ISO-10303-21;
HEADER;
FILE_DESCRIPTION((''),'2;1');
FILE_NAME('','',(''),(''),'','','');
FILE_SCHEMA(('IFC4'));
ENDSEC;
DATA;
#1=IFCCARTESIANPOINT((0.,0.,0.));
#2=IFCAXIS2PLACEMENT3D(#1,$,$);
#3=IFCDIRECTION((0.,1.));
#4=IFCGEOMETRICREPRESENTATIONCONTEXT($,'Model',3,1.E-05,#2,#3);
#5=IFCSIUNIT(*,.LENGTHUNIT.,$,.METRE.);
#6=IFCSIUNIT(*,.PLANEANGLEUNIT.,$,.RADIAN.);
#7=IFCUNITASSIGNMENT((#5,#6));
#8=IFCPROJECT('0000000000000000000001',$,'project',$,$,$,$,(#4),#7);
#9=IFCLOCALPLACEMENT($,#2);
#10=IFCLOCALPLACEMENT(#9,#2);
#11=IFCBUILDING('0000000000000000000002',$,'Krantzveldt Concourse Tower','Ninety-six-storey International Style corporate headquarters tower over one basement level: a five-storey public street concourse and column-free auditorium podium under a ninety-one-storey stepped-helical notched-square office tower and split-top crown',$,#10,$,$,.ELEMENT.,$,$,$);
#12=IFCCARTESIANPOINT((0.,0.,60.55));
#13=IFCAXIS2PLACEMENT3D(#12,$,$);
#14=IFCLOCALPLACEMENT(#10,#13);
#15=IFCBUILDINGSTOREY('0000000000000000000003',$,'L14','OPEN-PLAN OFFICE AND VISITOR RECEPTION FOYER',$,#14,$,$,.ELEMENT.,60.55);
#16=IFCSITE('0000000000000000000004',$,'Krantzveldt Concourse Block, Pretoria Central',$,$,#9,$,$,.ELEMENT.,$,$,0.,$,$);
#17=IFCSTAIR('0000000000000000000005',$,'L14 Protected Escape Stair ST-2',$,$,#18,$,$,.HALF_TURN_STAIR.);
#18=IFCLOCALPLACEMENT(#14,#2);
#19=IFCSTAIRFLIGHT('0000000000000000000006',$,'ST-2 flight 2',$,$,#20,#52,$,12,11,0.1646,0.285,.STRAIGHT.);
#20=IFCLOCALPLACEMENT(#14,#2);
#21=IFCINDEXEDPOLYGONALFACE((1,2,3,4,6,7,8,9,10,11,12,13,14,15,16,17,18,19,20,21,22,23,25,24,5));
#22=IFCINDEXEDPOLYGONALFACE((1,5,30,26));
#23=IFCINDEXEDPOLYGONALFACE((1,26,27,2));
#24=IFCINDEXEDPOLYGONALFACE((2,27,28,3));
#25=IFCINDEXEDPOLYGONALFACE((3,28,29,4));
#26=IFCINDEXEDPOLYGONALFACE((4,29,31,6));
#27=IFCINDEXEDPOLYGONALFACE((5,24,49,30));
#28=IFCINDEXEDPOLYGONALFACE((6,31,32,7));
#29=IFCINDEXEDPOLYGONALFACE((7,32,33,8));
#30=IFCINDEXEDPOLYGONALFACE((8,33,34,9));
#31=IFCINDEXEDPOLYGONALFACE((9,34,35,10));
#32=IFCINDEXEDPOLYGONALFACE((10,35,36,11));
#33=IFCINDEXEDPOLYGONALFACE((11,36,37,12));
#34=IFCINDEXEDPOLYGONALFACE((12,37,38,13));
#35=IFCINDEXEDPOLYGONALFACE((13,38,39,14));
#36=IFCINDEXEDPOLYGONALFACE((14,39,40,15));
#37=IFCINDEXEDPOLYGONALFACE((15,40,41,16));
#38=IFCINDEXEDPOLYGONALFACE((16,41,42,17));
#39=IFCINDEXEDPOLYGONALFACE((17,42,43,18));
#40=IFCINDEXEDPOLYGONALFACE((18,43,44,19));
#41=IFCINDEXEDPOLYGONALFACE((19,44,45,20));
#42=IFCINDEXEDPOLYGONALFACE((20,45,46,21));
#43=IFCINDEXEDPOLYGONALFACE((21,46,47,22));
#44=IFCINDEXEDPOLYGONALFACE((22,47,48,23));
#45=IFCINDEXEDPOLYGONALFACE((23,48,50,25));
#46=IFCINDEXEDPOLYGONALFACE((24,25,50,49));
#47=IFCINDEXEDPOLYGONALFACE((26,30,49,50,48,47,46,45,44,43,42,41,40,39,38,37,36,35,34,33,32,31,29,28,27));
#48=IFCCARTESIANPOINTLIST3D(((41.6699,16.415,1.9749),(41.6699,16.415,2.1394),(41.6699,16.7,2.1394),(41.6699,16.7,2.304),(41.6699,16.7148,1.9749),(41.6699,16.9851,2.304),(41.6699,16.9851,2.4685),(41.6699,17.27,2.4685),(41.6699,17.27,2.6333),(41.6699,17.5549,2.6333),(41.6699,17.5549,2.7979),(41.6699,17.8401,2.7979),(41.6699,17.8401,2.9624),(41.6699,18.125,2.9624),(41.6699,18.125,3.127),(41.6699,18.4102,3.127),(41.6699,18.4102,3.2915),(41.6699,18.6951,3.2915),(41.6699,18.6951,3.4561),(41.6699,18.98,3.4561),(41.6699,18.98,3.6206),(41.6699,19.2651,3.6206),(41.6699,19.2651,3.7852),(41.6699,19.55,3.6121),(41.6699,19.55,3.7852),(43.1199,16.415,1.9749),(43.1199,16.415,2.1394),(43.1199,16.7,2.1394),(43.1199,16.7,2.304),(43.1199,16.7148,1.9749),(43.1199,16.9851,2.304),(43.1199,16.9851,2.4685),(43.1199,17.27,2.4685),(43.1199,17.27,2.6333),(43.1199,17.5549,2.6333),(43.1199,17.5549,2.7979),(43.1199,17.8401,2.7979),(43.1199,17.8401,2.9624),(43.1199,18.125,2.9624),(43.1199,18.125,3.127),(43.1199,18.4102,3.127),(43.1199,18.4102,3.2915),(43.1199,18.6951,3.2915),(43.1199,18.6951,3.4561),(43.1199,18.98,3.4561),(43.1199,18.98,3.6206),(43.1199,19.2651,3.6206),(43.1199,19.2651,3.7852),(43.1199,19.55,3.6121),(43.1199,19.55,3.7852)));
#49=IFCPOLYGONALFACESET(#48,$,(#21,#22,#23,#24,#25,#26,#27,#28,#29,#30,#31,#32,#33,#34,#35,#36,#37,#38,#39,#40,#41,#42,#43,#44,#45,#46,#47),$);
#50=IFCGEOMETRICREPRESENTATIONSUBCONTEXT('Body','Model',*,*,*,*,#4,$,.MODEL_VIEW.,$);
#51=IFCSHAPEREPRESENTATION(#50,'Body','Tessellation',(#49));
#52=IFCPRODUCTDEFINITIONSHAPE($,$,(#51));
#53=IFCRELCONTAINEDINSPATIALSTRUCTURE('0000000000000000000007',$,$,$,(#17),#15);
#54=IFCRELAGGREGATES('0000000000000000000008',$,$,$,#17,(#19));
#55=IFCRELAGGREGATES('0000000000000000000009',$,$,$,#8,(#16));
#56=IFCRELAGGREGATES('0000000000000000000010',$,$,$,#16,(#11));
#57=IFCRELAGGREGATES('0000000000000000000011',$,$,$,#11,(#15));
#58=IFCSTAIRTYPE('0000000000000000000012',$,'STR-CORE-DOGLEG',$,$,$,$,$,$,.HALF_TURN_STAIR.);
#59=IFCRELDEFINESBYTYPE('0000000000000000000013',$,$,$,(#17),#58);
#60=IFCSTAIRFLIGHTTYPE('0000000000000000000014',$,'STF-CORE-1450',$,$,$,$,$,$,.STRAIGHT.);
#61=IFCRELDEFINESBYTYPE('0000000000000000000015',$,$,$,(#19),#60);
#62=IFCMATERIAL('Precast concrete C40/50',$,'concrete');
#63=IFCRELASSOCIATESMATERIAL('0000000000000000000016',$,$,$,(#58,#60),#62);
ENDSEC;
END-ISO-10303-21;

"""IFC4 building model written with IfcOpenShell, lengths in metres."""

from ifc_helpers import new_model, si_unit, direction, frame, origin, place, context, subcontext, project, spatial, polyline, outline, extrude, material, type_object, element, aggregate, save


model = new_model("IFC4")

# Units and contexts
model_context = context("Model", 3, precision=1e-05, world=origin(), true_north=direction((0.0, 1.0)))
body_context = subcontext(model_context, "Body", "Model", "MODEL_VIEW")
ifc_project = project(units=[si_unit("LENGTHUNIT", "METRE"), si_unit("PLANEANGLEUNIT", "RADIAN")], contexts=[model_context])

# Site, building, storey
site_placement = place(None, origin())
site = spatial("IfcSite", under=ifc_project, at=site_placement, Name="Krantzveldt Concourse Block, Pretoria Central", CompositionType="ELEMENT", RefElevation=0.0)
building_placement = place(site_placement, origin())
building = spatial("IfcBuilding", under=site, at=building_placement, Name="Krantzveldt Concourse Tower", Description="Ninety-six-storey International Style corporate headquarters tower over one basement level: a five-storey public street concourse and column-free auditorium podium under a ninety-one-storey stepped-helical notched-square office tower and split-top crown", CompositionType="ELEMENT")
storey_placement = place(building_placement, frame((0.0, 0.0, 60.55)))
storey = spatial("IfcBuildingStorey", under=building, at=storey_placement, Name="L14", Description="OPEN-PLAN OFFICE AND VISITOR RECEPTION FOYER", CompositionType="ELEMENT", Elevation=60.55)

# Stair, stair flight
ifc_material_1 = material(Name="Precast concrete C40/50", Category="concrete")
stair_type = type_object("IfcStairType", Name="STR-CORE-DOGLEG", PredefinedType="HALF_TURN_STAIR", material=ifc_material_1)
stair_placement = place(storey_placement, origin())
stair = element("IfcStair", 1, at=stair_placement, inside=storey, type_object=stair_type, Name="L14 Protected Escape Stair ST-2", PredefinedType="HALF_TURN_STAIR")
stair_flight_type = type_object("IfcStairFlightType", Name="STF-CORE-1450", PredefinedType="STRAIGHT", material=ifc_material_1)
stair_flight_1_placement = place(storey_placement, frame((42.395, 16.415, 1.9749), z_axis=(0.0, 0.0, 1.0), x_axis=(0.0, 1.0, 0.0)))
stair_flight_1 = element("IfcStairFlight", 2, at=stair_flight_1_placement, type_object=stair_flight_type, Name="ST-2 flight 2", NumberOfRisers=12, NumberOfTreads=11, PredefinedType="STRAIGHT", RiserHeight=0.1646, TreadLength=0.285, context=body_context, shape_type="SweptSolid", body=[
    extrude(outline(polyline([(0.0, 0.0), (0.0, 0.1646), (0.2849, 0.1646), (0.2849, 0.3291), (0.5701, 0.3291), (0.5701, 0.4937), (0.855, 0.4937), (0.855, 0.6584), (1.1399, 0.6584), (1.1399, 0.823), (1.425, 0.823), (1.425, 0.9875), (1.71, 0.9875), (1.71, 1.1521), (1.9951, 1.1521), (1.9951, 1.3167), (2.28, 1.3167), (2.28, 1.4812), (2.5649, 1.4812), (2.5649, 1.6458), (2.8501, 1.6458), (2.8501, 1.8103), (3.135, 1.8103), (3.135, 1.9751), (3.135, 1.6372), (0.2998, 0.0), (0.0, 0.0)])), frame((0.0, 0.7251, 0.0), z_axis=(0.0, -1.0, 0.0), x_axis=(1.0, 0.0, 0.0)), (0.0, 0.0, 1.0), 1.45),
])
aggregate(stair, [stair_flight_1])

save(model, "model.ifc")
